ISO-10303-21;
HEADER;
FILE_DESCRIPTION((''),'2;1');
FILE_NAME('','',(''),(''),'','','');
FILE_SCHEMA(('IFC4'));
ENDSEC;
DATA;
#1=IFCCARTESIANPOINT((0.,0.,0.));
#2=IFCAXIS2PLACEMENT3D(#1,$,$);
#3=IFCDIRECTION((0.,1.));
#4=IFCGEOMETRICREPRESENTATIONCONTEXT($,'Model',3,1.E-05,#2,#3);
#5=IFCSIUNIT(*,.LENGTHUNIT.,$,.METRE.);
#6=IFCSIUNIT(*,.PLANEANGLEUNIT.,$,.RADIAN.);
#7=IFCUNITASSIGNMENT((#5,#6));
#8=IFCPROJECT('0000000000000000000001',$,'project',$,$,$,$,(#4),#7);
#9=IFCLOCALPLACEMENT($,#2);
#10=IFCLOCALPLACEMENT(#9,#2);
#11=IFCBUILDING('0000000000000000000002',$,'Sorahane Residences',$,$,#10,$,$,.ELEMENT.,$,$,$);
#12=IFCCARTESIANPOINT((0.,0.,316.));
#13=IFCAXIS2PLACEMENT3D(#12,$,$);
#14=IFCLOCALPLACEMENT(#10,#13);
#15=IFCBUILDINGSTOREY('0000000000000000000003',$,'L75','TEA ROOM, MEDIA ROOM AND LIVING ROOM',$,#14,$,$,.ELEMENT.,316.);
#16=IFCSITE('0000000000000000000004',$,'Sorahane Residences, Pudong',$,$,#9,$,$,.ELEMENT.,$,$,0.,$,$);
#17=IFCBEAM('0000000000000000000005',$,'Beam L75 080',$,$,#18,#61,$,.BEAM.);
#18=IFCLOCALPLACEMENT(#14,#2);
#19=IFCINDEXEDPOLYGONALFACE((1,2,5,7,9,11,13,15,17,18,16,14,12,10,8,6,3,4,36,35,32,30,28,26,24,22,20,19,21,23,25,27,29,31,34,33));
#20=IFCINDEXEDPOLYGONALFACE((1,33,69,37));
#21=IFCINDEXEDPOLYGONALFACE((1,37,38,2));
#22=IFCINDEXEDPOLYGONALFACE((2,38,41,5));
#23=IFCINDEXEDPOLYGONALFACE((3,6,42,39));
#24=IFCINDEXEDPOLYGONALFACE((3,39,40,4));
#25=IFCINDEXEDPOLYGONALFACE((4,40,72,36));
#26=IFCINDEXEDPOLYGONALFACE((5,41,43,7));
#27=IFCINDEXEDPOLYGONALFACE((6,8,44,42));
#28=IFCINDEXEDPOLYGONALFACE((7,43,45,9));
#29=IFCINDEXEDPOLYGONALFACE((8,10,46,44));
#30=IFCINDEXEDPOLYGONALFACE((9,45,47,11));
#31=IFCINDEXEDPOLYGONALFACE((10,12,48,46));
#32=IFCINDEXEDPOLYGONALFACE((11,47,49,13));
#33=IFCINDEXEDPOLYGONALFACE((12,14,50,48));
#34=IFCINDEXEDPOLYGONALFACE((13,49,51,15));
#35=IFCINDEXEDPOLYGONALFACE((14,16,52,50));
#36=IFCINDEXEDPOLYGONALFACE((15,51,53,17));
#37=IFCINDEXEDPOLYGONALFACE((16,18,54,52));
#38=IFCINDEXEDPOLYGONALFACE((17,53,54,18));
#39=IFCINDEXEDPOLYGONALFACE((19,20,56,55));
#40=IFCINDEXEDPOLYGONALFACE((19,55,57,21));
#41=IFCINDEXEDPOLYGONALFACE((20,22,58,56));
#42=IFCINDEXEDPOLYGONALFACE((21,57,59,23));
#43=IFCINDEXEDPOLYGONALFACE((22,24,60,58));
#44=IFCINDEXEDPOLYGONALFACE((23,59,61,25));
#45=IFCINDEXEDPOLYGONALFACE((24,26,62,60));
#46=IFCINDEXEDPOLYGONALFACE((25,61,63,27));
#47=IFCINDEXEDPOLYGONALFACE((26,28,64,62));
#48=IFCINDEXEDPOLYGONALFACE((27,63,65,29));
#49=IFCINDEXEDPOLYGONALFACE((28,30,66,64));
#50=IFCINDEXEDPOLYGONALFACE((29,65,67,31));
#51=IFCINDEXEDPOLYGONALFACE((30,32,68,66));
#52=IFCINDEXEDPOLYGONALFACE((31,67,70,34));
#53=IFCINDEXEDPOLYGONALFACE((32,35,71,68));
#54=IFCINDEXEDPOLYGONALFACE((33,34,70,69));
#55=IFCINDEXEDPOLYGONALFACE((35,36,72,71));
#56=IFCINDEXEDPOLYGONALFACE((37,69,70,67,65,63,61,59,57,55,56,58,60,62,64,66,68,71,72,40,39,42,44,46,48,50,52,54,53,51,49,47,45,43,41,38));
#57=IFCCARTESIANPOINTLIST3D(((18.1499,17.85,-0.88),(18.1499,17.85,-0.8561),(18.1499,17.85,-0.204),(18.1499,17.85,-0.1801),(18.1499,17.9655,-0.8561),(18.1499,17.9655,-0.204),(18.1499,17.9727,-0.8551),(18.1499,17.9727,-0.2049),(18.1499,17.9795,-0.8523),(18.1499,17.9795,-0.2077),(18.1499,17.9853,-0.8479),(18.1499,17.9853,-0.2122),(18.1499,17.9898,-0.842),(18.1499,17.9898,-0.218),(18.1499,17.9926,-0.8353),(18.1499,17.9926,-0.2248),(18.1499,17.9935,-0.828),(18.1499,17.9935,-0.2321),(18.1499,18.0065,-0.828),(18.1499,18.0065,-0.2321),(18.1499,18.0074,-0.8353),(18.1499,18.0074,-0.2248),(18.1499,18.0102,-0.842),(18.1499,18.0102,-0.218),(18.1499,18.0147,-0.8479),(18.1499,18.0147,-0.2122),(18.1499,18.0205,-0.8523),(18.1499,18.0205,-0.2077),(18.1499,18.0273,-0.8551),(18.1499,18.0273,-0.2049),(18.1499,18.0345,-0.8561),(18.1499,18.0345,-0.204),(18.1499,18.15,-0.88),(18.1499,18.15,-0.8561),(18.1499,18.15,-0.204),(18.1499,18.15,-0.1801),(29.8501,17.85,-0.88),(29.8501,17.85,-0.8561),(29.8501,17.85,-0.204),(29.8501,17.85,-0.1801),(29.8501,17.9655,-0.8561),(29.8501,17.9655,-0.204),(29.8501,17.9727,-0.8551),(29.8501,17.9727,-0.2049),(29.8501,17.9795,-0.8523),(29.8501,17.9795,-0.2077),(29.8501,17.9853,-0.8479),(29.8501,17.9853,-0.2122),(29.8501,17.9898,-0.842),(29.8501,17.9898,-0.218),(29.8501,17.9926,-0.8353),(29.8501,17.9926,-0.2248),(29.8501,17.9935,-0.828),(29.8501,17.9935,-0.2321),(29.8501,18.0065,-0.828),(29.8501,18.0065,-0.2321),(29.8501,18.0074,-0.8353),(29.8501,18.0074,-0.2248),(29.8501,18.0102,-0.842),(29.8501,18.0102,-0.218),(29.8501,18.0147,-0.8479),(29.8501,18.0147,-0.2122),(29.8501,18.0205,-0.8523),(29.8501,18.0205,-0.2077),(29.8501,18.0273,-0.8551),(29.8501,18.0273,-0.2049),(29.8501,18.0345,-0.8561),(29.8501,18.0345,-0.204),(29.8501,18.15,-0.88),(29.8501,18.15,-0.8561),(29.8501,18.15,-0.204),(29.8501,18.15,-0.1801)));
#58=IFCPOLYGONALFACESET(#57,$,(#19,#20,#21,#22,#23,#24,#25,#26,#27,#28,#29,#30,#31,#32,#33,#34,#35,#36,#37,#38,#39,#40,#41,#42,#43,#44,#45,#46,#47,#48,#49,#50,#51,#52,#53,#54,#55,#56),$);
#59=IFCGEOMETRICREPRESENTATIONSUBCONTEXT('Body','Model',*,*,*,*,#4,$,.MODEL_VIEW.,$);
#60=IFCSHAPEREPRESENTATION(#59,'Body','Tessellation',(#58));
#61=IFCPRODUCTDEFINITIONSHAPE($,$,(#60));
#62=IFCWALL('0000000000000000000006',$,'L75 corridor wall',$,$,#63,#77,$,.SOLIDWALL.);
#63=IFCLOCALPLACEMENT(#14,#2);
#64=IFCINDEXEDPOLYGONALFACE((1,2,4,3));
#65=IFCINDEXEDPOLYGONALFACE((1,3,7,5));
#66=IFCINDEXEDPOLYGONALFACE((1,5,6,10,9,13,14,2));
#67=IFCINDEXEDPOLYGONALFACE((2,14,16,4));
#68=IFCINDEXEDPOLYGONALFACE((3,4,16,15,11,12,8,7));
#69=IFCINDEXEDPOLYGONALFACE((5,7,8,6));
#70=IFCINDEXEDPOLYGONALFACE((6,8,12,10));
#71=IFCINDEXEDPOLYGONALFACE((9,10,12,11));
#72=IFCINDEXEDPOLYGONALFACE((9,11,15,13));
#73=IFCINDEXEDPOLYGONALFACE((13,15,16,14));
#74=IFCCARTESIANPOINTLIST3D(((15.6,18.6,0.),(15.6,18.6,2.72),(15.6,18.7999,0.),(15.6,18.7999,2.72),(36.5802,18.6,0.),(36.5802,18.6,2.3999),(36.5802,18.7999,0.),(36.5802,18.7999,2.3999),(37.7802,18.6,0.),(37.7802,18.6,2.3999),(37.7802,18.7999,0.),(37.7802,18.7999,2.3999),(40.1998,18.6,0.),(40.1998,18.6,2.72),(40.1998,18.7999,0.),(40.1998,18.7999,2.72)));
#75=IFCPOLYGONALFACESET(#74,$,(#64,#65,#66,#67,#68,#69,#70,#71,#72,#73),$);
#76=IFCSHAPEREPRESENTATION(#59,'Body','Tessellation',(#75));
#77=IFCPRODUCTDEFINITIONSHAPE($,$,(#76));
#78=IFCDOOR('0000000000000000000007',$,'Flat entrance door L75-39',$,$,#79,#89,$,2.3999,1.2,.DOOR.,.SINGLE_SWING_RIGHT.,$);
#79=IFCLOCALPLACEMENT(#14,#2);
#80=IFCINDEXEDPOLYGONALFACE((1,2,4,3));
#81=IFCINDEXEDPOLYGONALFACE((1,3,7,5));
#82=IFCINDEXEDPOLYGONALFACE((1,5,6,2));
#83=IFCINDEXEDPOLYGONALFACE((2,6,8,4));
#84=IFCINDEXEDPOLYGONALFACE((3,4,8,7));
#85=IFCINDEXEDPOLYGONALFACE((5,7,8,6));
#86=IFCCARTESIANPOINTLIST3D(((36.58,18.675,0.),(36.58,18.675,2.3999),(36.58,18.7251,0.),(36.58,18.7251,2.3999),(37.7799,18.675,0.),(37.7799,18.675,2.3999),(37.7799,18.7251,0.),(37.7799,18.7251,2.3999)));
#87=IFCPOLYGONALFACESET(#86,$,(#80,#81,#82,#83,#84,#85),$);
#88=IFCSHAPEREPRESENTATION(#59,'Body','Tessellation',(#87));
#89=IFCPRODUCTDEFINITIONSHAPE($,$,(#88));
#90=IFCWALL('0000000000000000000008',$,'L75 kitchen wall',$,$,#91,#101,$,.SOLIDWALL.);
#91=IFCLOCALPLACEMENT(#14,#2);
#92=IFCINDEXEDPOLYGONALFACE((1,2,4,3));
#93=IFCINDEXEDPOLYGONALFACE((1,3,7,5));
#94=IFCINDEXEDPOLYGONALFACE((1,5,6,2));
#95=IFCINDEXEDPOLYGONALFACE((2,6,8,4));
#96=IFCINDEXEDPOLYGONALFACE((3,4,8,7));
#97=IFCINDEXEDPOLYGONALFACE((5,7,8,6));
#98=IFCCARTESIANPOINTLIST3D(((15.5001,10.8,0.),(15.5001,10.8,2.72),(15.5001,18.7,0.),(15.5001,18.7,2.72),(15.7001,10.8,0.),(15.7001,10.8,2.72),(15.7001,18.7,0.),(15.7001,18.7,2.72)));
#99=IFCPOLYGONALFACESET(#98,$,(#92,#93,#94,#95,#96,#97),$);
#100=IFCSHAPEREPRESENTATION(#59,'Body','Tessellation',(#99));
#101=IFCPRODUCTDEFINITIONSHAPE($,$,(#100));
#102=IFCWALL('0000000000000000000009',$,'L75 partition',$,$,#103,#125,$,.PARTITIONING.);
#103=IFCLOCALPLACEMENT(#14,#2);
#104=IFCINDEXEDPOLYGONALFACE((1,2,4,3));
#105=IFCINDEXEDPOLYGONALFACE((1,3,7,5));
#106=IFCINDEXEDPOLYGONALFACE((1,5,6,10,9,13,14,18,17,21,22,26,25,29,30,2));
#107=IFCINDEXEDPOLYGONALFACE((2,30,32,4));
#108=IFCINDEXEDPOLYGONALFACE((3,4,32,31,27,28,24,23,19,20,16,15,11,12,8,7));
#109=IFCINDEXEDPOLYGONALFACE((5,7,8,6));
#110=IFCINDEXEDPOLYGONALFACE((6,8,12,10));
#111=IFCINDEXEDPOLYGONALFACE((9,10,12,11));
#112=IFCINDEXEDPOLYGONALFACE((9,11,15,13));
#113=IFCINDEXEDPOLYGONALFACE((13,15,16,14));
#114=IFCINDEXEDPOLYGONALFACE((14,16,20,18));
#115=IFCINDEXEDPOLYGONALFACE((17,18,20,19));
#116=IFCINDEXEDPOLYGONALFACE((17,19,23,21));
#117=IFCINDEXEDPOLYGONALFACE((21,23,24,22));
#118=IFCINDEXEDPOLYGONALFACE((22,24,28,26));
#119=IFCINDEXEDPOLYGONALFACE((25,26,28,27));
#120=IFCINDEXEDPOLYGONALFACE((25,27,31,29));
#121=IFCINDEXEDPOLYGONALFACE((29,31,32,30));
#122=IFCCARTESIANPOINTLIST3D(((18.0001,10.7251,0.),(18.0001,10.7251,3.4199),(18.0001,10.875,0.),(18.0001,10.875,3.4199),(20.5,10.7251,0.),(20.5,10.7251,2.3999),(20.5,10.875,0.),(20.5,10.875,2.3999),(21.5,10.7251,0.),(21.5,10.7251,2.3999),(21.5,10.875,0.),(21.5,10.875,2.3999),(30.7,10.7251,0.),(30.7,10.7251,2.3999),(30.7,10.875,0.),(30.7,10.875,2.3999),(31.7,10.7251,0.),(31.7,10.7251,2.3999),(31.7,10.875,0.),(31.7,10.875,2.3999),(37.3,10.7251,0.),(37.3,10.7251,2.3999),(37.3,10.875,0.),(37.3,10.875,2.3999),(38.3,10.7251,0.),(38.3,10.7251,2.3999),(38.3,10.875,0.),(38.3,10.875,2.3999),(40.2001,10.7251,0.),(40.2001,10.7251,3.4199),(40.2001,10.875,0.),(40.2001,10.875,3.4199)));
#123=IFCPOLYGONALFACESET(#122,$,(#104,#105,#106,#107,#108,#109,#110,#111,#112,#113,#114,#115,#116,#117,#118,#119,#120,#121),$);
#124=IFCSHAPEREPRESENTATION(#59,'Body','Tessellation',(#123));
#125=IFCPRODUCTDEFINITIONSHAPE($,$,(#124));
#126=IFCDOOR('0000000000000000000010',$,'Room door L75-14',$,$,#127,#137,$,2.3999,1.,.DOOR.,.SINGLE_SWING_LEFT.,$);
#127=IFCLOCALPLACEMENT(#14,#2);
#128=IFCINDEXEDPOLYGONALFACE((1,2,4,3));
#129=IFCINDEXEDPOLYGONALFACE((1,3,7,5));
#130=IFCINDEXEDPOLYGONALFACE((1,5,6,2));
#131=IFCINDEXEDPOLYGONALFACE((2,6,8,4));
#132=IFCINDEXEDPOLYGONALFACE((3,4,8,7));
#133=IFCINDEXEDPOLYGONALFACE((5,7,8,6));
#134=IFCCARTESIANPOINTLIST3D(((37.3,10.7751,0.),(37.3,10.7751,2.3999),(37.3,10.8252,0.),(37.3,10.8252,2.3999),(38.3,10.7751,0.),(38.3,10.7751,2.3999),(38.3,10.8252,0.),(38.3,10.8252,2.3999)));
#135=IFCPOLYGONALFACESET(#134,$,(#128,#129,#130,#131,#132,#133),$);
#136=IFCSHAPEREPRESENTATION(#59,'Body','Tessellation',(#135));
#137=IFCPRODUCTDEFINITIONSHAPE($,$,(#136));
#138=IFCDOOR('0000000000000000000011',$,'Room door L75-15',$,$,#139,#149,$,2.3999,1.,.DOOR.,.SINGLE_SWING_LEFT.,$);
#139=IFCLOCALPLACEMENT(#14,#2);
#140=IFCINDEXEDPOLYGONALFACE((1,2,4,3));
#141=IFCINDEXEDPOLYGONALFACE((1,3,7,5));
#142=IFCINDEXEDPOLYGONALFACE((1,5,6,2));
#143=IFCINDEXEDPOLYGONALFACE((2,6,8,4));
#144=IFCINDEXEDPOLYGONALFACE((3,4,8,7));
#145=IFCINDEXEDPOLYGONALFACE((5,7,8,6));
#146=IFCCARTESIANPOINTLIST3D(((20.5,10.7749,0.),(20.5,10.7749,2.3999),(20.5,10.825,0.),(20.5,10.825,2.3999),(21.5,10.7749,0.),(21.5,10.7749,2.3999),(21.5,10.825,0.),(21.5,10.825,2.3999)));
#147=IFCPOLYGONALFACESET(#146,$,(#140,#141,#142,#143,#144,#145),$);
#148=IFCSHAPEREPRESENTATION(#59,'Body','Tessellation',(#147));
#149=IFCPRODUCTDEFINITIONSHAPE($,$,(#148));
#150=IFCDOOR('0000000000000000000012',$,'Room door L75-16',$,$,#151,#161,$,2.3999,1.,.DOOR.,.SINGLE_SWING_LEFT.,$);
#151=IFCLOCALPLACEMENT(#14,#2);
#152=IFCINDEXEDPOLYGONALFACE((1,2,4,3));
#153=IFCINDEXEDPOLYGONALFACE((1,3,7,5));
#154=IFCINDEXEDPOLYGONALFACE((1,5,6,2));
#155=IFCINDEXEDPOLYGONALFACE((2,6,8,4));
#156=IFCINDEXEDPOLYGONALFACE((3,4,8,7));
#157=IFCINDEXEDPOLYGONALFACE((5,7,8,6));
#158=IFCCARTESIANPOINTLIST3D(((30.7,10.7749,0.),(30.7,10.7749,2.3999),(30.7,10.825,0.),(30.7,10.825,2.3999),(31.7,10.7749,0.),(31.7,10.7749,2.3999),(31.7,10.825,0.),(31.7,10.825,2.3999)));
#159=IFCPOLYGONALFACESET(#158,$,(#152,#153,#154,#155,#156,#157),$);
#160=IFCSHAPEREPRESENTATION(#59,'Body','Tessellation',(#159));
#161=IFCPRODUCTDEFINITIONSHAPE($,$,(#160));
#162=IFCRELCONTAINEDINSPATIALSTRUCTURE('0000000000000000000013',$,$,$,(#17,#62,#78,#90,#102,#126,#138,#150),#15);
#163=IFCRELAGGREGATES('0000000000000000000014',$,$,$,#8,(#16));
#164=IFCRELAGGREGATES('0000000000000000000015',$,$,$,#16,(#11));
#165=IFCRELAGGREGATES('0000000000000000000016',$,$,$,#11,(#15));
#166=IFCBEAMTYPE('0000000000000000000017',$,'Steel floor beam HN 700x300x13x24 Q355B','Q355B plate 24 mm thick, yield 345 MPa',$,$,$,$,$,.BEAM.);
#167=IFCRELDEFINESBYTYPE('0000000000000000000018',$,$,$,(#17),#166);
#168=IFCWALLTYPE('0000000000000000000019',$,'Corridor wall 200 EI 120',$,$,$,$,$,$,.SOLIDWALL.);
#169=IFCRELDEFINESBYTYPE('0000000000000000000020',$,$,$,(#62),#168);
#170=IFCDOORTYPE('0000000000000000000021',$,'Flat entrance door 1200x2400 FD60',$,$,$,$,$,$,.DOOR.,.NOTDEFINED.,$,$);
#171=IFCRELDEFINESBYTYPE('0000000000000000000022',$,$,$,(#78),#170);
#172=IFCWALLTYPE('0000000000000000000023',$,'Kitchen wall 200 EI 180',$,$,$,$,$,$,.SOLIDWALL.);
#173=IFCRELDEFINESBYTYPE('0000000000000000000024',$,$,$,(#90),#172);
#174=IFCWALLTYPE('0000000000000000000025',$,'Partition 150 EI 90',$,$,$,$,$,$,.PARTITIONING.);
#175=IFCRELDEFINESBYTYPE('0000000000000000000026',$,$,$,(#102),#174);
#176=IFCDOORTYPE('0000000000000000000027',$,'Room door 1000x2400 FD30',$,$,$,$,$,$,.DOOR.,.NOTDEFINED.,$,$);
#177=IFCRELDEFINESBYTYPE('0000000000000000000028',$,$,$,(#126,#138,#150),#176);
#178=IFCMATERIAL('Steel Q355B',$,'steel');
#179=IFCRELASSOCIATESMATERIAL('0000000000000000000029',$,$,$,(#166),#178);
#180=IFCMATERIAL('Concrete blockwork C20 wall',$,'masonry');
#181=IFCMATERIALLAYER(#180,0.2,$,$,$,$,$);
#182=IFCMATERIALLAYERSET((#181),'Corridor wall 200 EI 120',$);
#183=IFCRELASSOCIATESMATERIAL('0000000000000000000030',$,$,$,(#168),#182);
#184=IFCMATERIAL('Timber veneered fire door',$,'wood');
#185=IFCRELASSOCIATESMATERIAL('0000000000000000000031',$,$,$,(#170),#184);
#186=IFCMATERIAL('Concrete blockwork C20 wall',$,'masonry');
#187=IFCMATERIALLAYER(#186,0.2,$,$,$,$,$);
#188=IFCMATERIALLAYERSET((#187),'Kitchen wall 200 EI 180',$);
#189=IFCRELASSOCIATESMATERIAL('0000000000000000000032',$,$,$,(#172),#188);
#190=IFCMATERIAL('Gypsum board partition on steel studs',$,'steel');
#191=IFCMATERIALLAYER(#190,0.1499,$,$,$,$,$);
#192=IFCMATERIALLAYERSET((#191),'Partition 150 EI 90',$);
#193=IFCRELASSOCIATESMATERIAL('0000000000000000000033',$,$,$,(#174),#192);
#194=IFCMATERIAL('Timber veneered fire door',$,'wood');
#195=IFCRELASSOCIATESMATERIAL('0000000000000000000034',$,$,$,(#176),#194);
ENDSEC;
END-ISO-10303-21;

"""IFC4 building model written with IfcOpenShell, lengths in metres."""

from ifc_helpers import new_model, si_unit, direction, frame, frame_2d, origin, origin_2d, place, context, subcontext, project, spatial, rectangle, i_section, extrude, material, layer, layer_set, material_profile, profile_set, type_object, element, fill, save


model = new_model("IFC4")

# Units and contexts
model_context = context("Model", 3, precision=1e-05, world=origin(), true_north=direction((0.0, 1.0)))
body_context = subcontext(model_context, "Body", "Model", "MODEL_VIEW")
ifc_project = project(units=[si_unit("LENGTHUNIT", "METRE"), si_unit("PLANEANGLEUNIT", "RADIAN")], contexts=[model_context])

# Site, building, storey
site_placement = place(None, origin())
site = spatial("IfcSite", under=ifc_project, at=site_placement, Name="Sorahane Residences, Pudong", CompositionType="ELEMENT", RefElevation=0.0)
building_placement = place(site_placement, origin())
building = spatial("IfcBuilding", under=site, at=building_placement, Name="Sorahane Residences", CompositionType="ELEMENT")
storey_placement = place(building_placement, frame((0.0, 0.0, 316.0)))
storey = spatial("IfcBuildingStorey", under=building, at=storey_placement, Name="L75", Description="TEA ROOM, MEDIA ROOM AND LIVING ROOM", CompositionType="ELEMENT", Elevation=316.0)

# Beam
ifc_material_1 = material(Name="Steel Q355B", Category="steel")
ifc_material_profile_1 = material_profile(ifc_material_1, i_section(OverallWidth=0.3, OverallDepth=0.7, WebThickness=0.0129, FlangeThickness=0.0239, FilletRadius=0.0281, at=origin_2d()), Name="HN 700x300x13x24")
ifc_profile_set_1 = profile_set([ifc_material_profile_1], Name="Steel Q355B")
beam_type_1 = type_object("IfcBeamType", Name="Steel floor beam HN 700x300x13x24 Q355B", Description="Q355B plate 24 mm thick, yield 345 MPa", PredefinedType="BEAM", material=ifc_profile_set_1)
beam_1_placement = place(storey_placement, frame((18.1499, 18.0, -0.53), z_axis=(1.0, 0.0, 0.0), x_axis=(0.0, 1.0, 0.0)))
element("IfcBeam", 1, at=beam_1_placement, inside=storey, type_object=beam_type_1, Name="Beam L75 080", PredefinedType="BEAM", context=body_context, shape_type="SweptSolid", body=[
    extrude(i_section(OverallWidth=0.3, OverallDepth=0.7, WebThickness=0.0129, FlangeThickness=0.0239, FilletRadius=0.0281, at=origin_2d()), origin(), (0.0, 0.0, 1.0), 11.7002),
])

# Wall, opening, door
ifc_material_2 = material(Name="Concrete blockwork C20 wall", Category="masonry")
ifc_layer_1 = layer(ifc_material_2, 0.2)
ifc_layer_set_1 = layer_set([ifc_layer_1], Name="Corridor wall 200 EI 120")
wall_type_1 = type_object("IfcWallType", Name="Corridor wall 200 EI 120", PredefinedType="SOLIDWALL", material=ifc_layer_set_1)
wall_1_placement = place(storey_placement, frame((15.6001, 18.7, 0.0), z_axis=(0.0, 0.0, 1.0), x_axis=(1.0, 0.0, 0.0)))
wall_1 = element("IfcWall", 2, at=wall_1_placement, inside=storey, type_object=wall_type_1, Name="L75 corridor wall", PredefinedType="SOLIDWALL", context=body_context, shape_type="SweptSolid", body=[
    extrude(rectangle(XDim=24.5999, YDim=0.2, at=frame_2d((12.2998, 0.0))), origin(), (0.0, 0.0, 1.0), 2.72),
])
opening_1_placement = place(wall_1_placement, frame((20.98, 0.0, 0.0)))
opening_1 = element("IfcOpeningElement", 3, at=opening_1_placement, cuts=wall_1, PredefinedType="OPENING", context=body_context, shape_type="SweptSolid", body=[
    extrude(rectangle(XDim=1.2, YDim=2.3999, at=frame_2d((0.6001, 1.2))), frame((0.0, 0.1099, 0.0), z_axis=(0.0, -1.0, 0.0), x_axis=(1.0, 0.0, 0.0)), (0.0, 0.0, 1.0), 0.22),
])
ifc_material_3 = material(Name="Timber veneered fire door", Category="wood")
door_type_1 = type_object("IfcDoorType", Name="Flat entrance door 1200x2400 FD60", OperationType="NOTDEFINED", PredefinedType="DOOR", material=ifc_material_3)
door_1_placement = place(opening_1_placement, frame((1.2, 0.0, 0.0), z_axis=(0.0, 0.0, 1.0), x_axis=(-1.0, 0.0, 0.0)))
door_1 = element("IfcDoor", 4, at=door_1_placement, inside=storey, type_object=door_type_1, Name="Flat entrance door L75-39", OperationType="SINGLE_SWING_RIGHT", OverallHeight=2.3999, OverallWidth=1.2, PredefinedType="DOOR", context=body_context, shape_type="SweptSolid", body=[
    extrude(rectangle(XDim=1.2, YDim=2.3999, at=frame_2d((0.6001, 1.2))), frame((0.0, 0.0249, 0.0), z_axis=(0.0, -1.0, 0.0), x_axis=(1.0, 0.0, 0.0)), (0.0, 0.0, 1.0), 0.05),
])
fill(opening_1, door_1)

# Wall
ifc_material_4 = material(Name="Concrete blockwork C20 wall", Category="masonry")
ifc_layer_2 = layer(ifc_material_4, 0.2)
ifc_layer_set_2 = layer_set([ifc_layer_2], Name="Kitchen wall 200 EI 180")
wall_type_2 = type_object("IfcWallType", Name="Kitchen wall 200 EI 180", PredefinedType="SOLIDWALL", material=ifc_layer_set_2)
wall_2_placement = place(storey_placement, frame((15.6001, 10.8, 0.0), z_axis=(0.0, 0.0, 1.0), x_axis=(0.0, 1.0, 0.0)))
element("IfcWall", 5, at=wall_2_placement, inside=storey, type_object=wall_type_2, Name="L75 kitchen wall", PredefinedType="SOLIDWALL", context=body_context, shape_type="SweptSolid", body=[
    extrude(rectangle(XDim=7.8999, YDim=0.2, at=frame_2d((3.95, 0.0))), origin(), (0.0, 0.0, 1.0), 2.72),
])

# Wall, openings, doors
ifc_material_5 = material(Name="Gypsum board partition on steel studs", Category="steel")
ifc_layer_3 = layer(ifc_material_5, 0.1499)
ifc_layer_set_3 = layer_set([ifc_layer_3], Name="Partition 150 EI 90")
wall_type_3 = type_object("IfcWallType", Name="Partition 150 EI 90", PredefinedType="PARTITIONING", material=ifc_layer_set_3)
wall_3_placement = place(storey_placement, frame((18.0, 10.8, 0.0), z_axis=(0.0, 0.0, 1.0), x_axis=(1.0, 0.0, 0.0)))
wall_3 = element("IfcWall", 6, at=wall_3_placement, inside=storey, type_object=wall_type_3, Name="L75 partition", PredefinedType="PARTITIONING", context=body_context, shape_type="SweptSolid", body=[
    extrude(rectangle(XDim=22.2, YDim=0.1499, at=frame_2d((11.1001, 0.0))), origin(), (0.0, 0.0, 1.0), 3.4199),
])
opening_2_placement = place(wall_3_placement, frame((19.3, 0.0, 0.0)))
opening_2 = element("IfcOpeningElement", 7, at=opening_2_placement, cuts=wall_3, PredefinedType="OPENING", context=body_context, shape_type="SweptSolid", body=[
    extrude(rectangle(XDim=1.0, YDim=2.3999, at=frame_2d((0.5, 1.2))), frame((0.0, 0.085, 0.0), z_axis=(0.0, -1.0, 0.0), x_axis=(1.0, 0.0, 0.0)), (0.0, 0.0, 1.0), 0.1699),
])
opening_3_placement = place(wall_3_placement, frame((2.5, 0.0, 0.0)))
opening_3 = element("IfcOpeningElement", 8, at=opening_3_placement, cuts=wall_3, PredefinedType="OPENING", context=body_context, shape_type="SweptSolid", body=[
    extrude(rectangle(XDim=1.0, YDim=2.3999, at=frame_2d((0.5, 1.2))), frame((0.0, 0.085, 0.0), z_axis=(0.0, -1.0, 0.0), x_axis=(1.0, 0.0, 0.0)), (0.0, 0.0, 1.0), 0.1699),
])
opening_4_placement = place(wall_3_placement, frame((12.7, 0.0, 0.0)))
opening_4 = element("IfcOpeningElement", 9, at=opening_4_placement, cuts=wall_3, PredefinedType="OPENING", context=body_context, shape_type="SweptSolid", body=[
    extrude(rectangle(XDim=1.0, YDim=2.3999, at=frame_2d((0.5, 1.2))), frame((0.0, 0.085, 0.0), z_axis=(0.0, -1.0, 0.0), x_axis=(1.0, 0.0, 0.0)), (0.0, 0.0, 1.0), 0.1699),
])
ifc_material_6 = material(Name="Timber veneered fire door", Category="wood")
door_type_2 = type_object("IfcDoorType", Name="Room door 1000x2400 FD30", OperationType="NOTDEFINED", PredefinedType="DOOR", material=ifc_material_6)
door_2_placement = place(opening_2_placement, frame((1.0, 0.0, 0.0), z_axis=(0.0, 0.0, 1.0), x_axis=(-1.0, 0.0, 0.0)))
door_2 = element("IfcDoor", 10, at=door_2_placement, inside=storey, type_object=door_type_2, Name="Room door L75-14", OperationType="SINGLE_SWING_LEFT", OverallHeight=2.3999, OverallWidth=1.0, PredefinedType="DOOR", context=body_context, shape_type="SweptSolid", body=[
    extrude(rectangle(XDim=1.0, YDim=2.3999, at=frame_2d((0.5, 1.2))), frame((0.0, 0.0249, 0.0), z_axis=(0.0, -1.0, 0.0), x_axis=(1.0, 0.0, 0.0)), (0.0, 0.0, 1.0), 0.05),
])
fill(opening_2, door_2)
door_3_placement = place(opening_3_placement, origin())
door_3 = element("IfcDoor", 11, at=door_3_placement, inside=storey, type_object=door_type_2, Name="Room door L75-15", OperationType="SINGLE_SWING_LEFT", OverallHeight=2.3999, OverallWidth=1.0, PredefinedType="DOOR", context=body_context, shape_type="SweptSolid", body=[
    extrude(rectangle(XDim=1.0, YDim=2.3999, at=frame_2d((0.5, 1.2))), frame((0.0, 0.0249, 0.0), z_axis=(0.0, -1.0, 0.0), x_axis=(1.0, 0.0, 0.0)), (0.0, 0.0, 1.0), 0.05),
])
fill(opening_3, door_3)
door_4_placement = place(opening_4_placement, origin())
door_4 = element("IfcDoor", 12, at=door_4_placement, inside=storey, type_object=door_type_2, Name="Room door L75-16", OperationType="SINGLE_SWING_LEFT", OverallHeight=2.3999, OverallWidth=1.0, PredefinedType="DOOR", context=body_context, shape_type="SweptSolid", body=[
    extrude(rectangle(XDim=1.0, YDim=2.3999, at=frame_2d((0.5, 1.2))), frame((0.0, 0.0249, 0.0), z_axis=(0.0, -1.0, 0.0), x_axis=(1.0, 0.0, 0.0)), (0.0, 0.0, 1.0), 0.05),
])
fill(opening_4, door_4)

save(model, "model.ifc")
